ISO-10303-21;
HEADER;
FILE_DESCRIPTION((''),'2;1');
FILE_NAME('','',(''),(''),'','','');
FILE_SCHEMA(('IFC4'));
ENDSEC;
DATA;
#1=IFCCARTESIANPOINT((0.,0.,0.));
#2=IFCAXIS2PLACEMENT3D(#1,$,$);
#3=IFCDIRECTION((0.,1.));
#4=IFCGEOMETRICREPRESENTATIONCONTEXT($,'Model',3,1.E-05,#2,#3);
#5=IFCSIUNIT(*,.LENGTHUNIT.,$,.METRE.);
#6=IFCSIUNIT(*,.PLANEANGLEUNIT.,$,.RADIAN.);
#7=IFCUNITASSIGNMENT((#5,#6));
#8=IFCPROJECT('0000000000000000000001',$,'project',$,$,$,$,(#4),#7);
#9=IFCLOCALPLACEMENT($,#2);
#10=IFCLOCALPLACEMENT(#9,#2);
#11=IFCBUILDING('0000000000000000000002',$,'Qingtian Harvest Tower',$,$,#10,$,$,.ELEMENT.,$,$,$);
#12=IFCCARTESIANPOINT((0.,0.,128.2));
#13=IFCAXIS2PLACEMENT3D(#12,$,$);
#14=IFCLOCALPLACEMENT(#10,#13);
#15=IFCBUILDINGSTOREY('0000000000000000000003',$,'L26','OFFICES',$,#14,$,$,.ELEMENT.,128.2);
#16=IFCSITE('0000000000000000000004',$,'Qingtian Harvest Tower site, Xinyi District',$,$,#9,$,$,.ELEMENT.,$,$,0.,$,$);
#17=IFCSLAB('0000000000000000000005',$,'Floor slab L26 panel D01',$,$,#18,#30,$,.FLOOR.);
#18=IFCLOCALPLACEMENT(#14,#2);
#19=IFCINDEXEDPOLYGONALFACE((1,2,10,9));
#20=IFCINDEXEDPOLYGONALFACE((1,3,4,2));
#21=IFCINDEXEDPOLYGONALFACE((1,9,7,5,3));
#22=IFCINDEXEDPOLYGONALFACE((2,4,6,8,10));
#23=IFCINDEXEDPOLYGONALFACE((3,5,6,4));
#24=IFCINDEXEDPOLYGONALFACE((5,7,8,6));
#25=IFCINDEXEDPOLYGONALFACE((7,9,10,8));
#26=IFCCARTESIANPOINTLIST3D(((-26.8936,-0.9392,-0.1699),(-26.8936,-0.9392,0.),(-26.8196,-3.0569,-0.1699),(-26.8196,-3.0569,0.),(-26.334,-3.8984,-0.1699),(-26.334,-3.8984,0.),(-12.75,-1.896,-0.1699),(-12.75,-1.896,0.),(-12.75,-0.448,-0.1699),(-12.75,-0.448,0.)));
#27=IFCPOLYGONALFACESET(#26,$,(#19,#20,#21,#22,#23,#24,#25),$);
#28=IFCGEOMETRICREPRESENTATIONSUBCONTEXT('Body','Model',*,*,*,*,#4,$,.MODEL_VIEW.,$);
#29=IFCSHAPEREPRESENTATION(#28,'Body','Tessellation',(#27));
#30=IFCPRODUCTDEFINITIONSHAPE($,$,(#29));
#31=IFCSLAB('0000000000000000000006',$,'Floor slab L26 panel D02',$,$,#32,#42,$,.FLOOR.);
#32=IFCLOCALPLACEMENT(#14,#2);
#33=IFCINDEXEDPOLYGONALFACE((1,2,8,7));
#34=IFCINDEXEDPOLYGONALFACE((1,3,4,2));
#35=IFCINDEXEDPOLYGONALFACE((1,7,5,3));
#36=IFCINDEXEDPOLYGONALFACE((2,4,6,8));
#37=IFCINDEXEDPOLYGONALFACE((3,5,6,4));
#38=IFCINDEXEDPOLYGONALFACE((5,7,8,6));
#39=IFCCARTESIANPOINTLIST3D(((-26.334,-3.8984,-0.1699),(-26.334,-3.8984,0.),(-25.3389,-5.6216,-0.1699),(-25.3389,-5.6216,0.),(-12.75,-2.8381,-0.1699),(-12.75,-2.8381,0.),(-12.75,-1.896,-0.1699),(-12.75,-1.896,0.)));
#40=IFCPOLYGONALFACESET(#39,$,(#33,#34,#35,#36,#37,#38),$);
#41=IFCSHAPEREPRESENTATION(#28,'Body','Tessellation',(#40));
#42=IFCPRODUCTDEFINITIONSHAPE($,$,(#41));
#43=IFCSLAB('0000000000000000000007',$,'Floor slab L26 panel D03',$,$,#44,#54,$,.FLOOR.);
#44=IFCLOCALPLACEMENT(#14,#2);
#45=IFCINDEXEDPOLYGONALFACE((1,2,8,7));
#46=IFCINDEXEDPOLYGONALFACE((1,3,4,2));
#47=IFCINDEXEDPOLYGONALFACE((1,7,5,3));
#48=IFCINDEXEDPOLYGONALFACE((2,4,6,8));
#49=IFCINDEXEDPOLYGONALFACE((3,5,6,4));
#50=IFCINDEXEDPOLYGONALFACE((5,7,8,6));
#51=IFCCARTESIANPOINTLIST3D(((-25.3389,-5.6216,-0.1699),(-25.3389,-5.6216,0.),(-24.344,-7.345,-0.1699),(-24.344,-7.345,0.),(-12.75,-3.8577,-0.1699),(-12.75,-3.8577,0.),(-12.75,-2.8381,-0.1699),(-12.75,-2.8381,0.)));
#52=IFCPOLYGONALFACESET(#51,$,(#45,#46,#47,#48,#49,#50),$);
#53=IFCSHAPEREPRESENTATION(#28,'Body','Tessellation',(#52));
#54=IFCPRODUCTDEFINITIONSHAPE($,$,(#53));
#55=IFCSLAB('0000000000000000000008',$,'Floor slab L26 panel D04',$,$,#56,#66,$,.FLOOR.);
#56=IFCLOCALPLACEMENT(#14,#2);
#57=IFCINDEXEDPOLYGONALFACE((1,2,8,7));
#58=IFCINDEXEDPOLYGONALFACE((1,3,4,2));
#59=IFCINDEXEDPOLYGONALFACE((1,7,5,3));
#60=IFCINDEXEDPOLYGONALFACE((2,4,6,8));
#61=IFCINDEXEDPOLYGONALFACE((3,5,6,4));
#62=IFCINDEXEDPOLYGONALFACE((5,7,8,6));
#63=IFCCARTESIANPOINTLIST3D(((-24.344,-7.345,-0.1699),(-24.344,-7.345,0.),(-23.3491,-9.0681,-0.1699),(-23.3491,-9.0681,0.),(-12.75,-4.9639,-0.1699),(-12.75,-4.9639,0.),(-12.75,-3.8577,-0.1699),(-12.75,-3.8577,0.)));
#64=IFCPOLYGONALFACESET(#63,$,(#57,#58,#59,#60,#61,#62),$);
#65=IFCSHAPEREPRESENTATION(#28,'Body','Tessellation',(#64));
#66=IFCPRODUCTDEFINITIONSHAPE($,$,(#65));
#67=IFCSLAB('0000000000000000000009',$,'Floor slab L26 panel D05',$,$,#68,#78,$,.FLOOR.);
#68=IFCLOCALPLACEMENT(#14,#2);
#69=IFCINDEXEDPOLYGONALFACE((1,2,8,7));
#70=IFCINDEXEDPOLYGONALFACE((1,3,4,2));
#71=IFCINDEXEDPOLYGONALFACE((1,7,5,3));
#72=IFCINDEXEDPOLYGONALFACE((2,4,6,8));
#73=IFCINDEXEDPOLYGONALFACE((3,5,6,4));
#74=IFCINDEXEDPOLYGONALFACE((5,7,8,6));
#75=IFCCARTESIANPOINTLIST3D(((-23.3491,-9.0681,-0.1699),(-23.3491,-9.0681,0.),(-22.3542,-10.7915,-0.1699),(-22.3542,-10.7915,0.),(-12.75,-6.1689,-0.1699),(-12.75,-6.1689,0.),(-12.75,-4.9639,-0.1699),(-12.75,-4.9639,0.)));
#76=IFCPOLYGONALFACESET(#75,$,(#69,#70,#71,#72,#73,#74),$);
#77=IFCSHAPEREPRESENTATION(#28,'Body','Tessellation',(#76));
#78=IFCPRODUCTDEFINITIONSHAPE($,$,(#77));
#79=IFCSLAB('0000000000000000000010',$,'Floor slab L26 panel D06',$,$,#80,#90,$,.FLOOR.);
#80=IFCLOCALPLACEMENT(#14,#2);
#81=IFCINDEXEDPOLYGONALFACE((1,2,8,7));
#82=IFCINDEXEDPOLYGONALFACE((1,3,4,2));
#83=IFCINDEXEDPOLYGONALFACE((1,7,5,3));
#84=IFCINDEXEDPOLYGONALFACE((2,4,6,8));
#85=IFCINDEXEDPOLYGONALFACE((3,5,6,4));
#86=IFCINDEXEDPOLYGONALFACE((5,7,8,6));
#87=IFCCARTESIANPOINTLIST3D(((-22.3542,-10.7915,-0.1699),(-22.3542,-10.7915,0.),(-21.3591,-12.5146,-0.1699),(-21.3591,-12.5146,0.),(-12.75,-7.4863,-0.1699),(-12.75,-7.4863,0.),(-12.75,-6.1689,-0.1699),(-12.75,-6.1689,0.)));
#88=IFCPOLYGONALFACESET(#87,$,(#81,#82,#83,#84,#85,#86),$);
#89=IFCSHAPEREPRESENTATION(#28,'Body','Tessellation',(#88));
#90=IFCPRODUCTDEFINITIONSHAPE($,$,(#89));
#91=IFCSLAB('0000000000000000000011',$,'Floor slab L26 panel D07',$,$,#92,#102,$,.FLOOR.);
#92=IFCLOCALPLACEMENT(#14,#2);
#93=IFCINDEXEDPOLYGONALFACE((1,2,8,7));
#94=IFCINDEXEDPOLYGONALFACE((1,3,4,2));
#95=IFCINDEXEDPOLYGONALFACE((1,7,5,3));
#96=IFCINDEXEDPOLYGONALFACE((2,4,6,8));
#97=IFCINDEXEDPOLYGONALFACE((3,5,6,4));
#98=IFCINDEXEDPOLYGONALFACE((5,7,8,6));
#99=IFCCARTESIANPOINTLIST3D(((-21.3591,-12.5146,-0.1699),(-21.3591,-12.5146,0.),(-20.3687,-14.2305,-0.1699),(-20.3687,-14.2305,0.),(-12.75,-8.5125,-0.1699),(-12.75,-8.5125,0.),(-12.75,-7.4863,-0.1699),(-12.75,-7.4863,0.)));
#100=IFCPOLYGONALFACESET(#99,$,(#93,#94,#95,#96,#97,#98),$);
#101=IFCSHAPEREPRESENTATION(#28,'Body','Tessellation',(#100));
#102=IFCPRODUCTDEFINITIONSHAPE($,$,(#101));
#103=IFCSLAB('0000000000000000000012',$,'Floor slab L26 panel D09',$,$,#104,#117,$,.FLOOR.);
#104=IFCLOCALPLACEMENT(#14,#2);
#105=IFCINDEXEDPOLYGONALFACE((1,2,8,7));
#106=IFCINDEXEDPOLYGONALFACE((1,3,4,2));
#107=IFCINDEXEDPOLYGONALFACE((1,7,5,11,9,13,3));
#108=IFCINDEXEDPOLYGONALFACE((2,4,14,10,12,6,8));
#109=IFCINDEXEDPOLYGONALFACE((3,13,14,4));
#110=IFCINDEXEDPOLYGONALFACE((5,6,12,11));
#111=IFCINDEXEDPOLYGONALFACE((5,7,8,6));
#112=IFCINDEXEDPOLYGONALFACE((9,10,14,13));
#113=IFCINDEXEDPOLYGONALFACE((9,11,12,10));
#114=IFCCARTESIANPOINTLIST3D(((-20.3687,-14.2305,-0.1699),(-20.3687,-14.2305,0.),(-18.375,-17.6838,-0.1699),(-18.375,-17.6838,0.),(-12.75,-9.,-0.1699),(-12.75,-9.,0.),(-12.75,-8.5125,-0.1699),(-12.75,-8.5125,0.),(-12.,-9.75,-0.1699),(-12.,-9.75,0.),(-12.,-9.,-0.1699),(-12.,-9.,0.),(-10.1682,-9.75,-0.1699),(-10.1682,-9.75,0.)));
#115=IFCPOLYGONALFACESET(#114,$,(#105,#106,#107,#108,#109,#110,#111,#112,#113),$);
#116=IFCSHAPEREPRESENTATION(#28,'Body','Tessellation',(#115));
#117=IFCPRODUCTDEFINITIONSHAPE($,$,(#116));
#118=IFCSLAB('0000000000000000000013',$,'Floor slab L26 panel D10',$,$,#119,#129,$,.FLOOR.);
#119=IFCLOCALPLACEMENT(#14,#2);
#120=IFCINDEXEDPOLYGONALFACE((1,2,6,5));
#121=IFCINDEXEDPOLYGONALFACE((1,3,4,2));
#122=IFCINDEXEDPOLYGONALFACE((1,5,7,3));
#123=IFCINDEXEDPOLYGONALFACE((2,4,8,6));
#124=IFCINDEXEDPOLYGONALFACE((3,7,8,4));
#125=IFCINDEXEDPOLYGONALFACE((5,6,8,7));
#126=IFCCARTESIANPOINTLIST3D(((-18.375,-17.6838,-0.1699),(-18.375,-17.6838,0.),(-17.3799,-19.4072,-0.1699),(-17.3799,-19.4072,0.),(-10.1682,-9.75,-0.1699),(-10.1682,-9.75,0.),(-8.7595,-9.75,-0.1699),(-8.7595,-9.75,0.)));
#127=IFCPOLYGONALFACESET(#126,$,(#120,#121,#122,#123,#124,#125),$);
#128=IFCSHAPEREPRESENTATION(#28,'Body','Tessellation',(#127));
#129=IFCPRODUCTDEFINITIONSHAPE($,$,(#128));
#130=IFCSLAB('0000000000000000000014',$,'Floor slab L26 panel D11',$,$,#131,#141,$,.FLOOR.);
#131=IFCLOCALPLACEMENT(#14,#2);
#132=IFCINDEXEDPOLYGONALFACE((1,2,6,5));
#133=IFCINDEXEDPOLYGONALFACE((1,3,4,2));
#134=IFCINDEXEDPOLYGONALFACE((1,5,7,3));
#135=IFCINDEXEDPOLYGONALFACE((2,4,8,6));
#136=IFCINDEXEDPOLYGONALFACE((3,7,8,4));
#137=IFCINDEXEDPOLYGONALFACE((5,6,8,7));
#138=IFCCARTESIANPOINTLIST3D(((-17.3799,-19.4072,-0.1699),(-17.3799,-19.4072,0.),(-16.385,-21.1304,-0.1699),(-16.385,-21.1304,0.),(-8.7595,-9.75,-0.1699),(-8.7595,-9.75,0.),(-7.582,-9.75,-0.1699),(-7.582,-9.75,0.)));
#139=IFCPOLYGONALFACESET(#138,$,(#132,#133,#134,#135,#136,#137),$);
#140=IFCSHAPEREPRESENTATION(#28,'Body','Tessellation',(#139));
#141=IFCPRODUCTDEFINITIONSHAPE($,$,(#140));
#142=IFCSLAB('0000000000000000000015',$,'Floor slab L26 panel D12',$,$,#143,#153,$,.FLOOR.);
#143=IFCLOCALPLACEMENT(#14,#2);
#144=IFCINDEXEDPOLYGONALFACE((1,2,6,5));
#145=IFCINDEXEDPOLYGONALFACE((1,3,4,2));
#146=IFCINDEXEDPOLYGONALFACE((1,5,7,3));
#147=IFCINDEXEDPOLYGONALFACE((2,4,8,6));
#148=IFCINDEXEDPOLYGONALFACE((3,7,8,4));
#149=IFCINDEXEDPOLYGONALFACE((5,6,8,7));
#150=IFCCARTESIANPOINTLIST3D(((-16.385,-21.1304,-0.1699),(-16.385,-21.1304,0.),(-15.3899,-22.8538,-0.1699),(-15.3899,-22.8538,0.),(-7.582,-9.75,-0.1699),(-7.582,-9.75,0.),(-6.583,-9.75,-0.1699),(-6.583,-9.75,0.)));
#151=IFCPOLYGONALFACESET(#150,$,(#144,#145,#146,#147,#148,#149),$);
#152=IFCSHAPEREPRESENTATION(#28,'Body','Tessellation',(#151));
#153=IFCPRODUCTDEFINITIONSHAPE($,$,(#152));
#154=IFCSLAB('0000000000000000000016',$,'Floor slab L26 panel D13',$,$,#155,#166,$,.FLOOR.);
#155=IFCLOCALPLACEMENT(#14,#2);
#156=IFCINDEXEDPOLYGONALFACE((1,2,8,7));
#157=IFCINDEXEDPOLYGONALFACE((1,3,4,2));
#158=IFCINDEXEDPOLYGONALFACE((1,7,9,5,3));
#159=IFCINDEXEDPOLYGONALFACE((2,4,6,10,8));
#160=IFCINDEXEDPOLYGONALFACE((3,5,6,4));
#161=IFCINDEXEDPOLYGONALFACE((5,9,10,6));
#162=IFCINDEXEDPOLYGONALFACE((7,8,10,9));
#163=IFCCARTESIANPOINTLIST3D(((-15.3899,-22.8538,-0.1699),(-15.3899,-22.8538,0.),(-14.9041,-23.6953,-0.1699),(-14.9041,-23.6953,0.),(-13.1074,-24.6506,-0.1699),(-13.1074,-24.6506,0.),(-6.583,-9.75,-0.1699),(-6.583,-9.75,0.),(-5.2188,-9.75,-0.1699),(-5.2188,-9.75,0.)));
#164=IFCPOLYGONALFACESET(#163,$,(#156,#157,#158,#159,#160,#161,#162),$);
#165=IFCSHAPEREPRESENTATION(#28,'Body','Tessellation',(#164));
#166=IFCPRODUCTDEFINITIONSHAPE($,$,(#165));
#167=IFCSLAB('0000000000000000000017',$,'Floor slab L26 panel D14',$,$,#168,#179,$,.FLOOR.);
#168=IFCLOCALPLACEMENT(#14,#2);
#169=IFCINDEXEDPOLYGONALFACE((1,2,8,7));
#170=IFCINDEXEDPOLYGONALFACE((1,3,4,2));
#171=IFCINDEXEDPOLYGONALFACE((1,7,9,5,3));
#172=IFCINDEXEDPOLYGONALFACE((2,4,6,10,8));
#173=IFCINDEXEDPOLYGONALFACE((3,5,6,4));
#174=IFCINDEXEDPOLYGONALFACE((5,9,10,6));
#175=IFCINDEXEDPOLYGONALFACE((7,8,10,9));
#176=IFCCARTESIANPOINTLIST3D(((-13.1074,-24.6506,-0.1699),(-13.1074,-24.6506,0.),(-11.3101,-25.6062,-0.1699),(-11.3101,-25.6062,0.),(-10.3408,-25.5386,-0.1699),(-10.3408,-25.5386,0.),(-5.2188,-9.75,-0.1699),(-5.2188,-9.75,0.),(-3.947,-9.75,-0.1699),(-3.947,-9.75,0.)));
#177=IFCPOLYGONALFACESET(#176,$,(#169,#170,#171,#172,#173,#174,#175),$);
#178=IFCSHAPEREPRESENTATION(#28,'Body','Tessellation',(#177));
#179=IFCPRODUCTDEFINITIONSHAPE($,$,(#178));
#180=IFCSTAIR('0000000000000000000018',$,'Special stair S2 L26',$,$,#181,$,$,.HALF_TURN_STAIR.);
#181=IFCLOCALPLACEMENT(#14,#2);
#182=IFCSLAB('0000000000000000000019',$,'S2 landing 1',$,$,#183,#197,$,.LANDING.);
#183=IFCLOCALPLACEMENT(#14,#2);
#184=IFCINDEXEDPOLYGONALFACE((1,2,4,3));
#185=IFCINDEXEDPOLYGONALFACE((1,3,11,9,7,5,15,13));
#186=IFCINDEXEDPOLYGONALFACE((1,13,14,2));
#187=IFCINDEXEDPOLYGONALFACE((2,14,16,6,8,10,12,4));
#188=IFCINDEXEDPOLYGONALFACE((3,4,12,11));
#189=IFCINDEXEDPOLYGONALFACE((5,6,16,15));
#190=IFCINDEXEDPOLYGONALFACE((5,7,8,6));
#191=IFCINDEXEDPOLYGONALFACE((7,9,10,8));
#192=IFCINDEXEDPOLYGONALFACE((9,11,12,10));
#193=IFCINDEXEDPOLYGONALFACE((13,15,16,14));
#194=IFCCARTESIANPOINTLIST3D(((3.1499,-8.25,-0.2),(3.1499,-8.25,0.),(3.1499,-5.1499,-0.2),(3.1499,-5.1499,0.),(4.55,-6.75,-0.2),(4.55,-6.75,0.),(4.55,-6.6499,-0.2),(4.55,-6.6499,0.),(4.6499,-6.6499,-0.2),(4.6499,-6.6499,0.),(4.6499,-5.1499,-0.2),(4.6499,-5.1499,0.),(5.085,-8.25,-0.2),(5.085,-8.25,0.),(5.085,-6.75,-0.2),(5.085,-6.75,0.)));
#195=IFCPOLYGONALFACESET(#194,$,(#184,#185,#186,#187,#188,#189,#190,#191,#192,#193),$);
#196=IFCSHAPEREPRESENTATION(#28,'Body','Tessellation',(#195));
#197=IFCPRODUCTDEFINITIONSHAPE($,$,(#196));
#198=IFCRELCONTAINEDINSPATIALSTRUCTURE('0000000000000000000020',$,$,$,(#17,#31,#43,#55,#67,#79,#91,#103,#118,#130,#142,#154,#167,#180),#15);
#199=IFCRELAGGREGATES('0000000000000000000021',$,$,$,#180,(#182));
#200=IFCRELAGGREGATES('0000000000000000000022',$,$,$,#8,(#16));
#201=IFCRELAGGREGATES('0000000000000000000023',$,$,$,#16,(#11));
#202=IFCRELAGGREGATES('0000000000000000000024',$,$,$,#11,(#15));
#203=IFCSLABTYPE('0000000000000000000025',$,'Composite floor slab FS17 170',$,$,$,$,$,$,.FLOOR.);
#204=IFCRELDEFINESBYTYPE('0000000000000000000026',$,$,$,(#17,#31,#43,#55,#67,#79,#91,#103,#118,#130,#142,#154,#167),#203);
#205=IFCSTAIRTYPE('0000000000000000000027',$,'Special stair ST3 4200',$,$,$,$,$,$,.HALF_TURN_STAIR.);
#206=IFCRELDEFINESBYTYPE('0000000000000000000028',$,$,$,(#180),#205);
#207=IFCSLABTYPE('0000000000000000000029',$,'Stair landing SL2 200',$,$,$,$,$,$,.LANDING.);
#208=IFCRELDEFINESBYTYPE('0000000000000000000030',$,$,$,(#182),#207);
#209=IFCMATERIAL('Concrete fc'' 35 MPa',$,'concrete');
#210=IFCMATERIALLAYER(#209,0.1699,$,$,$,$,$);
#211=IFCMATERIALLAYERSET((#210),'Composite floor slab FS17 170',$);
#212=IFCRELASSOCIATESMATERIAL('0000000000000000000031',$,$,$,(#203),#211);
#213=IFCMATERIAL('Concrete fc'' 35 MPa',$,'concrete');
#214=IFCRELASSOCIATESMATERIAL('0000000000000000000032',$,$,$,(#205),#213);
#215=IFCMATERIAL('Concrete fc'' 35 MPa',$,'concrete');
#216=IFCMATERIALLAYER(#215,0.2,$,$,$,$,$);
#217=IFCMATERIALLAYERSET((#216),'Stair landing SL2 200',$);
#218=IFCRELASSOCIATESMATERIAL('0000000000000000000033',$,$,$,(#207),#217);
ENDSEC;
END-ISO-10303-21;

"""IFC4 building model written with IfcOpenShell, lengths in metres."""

from ifc_helpers import new_model, si_unit, direction, frame, origin, place, context, subcontext, project, spatial, polyline, outline, extrude, material, layer, layer_set, type_object, element, aggregate, save


model = new_model("IFC4")

# Units and contexts
model_context = context("Model", 3, precision=1e-05, world=origin(), true_north=direction((0.0, 1.0)))
body_context = subcontext(model_context, "Body", "Model", "MODEL_VIEW")
ifc_project = project(units=[si_unit("LENGTHUNIT", "METRE"), si_unit("PLANEANGLEUNIT", "RADIAN")], contexts=[model_context])

# Site, building, storey
site_placement = place(None, origin())
site = spatial("IfcSite", under=ifc_project, at=site_placement, Name="Qingtian Harvest Tower site, Xinyi District", CompositionType="ELEMENT", RefElevation=0.0)
building_placement = place(site_placement, origin())
building = spatial("IfcBuilding", under=site, at=building_placement, Name="Qingtian Harvest Tower", CompositionType="ELEMENT")
storey_placement = place(building_placement, frame((0.0, 0.0, 128.2)))
storey = spatial("IfcBuildingStorey", under=building, at=storey_placement, Name="L26", Description="OFFICES", CompositionType="ELEMENT", Elevation=128.2)

# Slabs
ifc_material_1 = material(Name="Concrete fc' 35 MPa", Category="concrete")
ifc_layer_1 = layer(ifc_material_1, 0.1699)
ifc_layer_set_1 = layer_set([ifc_layer_1], Name="Composite floor slab FS17 170")
slab_type_1 = type_object("IfcSlabType", Name="Composite floor slab FS17 170", PredefinedType="FLOOR", material=ifc_layer_set_1)
slab_1_placement = place(storey_placement, frame((0.0, 0.0, -0.1699)))
element("IfcSlab", 1, at=slab_1_placement, inside=storey, type_object=slab_type_1, Name="Floor slab L26 panel D01", PredefinedType="FLOOR", context=body_context, shape_type="SweptSolid", body=[
    extrude(outline(polyline([(-26.8936, -0.9392), (-12.75, -0.448), (-12.75, -1.896), (-26.334, -3.8984), (-26.8196, -3.0569), (-26.8936, -0.9392)])), origin(), (0.0, 0.0, 1.0), 0.1699),
])
slab_2_placement = place(storey_placement, frame((0.0, 0.0, -0.1699)))
element("IfcSlab", 2, at=slab_2_placement, inside=storey, type_object=slab_type_1, Name="Floor slab L26 panel D02", PredefinedType="FLOOR", context=body_context, shape_type="SweptSolid", body=[
    extrude(outline(polyline([(-12.75, -2.8381), (-25.3389, -5.6216), (-26.334, -3.8984), (-12.75, -1.896), (-12.75, -2.8381)])), origin(), (0.0, 0.0, 1.0), 0.1699),
])
slab_3_placement = place(storey_placement, frame((0.0, 0.0, -0.1699)))
element("IfcSlab", 3, at=slab_3_placement, inside=storey, type_object=slab_type_1, Name="Floor slab L26 panel D03", PredefinedType="FLOOR", context=body_context, shape_type="SweptSolid", body=[
    extrude(outline(polyline([(-12.75, -3.8577), (-24.344, -7.345), (-25.3389, -5.6216), (-12.75, -2.8381), (-12.75, -3.8577)])), origin(), (0.0, 0.0, 1.0), 0.1699),
])
slab_4_placement = place(storey_placement, frame((0.0, 0.0, -0.1699)))
element("IfcSlab", 4, at=slab_4_placement, inside=storey, type_object=slab_type_1, Name="Floor slab L26 panel D04", PredefinedType="FLOOR", context=body_context, shape_type="SweptSolid", body=[
    extrude(outline(polyline([(-12.75, -4.9639), (-23.3491, -9.0681), (-24.344, -7.345), (-12.75, -3.8577), (-12.75, -4.9639)])), origin(), (0.0, 0.0, 1.0), 0.1699),
])
slab_5_placement = place(storey_placement, frame((0.0, 0.0, -0.1699)))
element("IfcSlab", 5, at=slab_5_placement, inside=storey, type_object=slab_type_1, Name="Floor slab L26 panel D05", PredefinedType="FLOOR", context=body_context, shape_type="SweptSolid", body=[
    extrude(outline(polyline([(-12.75, -6.1689), (-22.3542, -10.7915), (-23.3491, -9.0681), (-12.75, -4.9639), (-12.75, -6.1689)])), origin(), (0.0, 0.0, 1.0), 0.1699),
])
slab_6_placement = place(storey_placement, frame((0.0, 0.0, -0.1699)))
element("IfcSlab", 6, at=slab_6_placement, inside=storey, type_object=slab_type_1, Name="Floor slab L26 panel D06", PredefinedType="FLOOR", context=body_context, shape_type="SweptSolid", body=[
    extrude(outline(polyline([(-12.75, -7.4863), (-21.3591, -12.5146), (-22.3542, -10.7915), (-12.75, -6.1689), (-12.75, -7.4863)])), origin(), (0.0, 0.0, 1.0), 0.1699),
])
slab_7_placement = place(storey_placement, frame((0.0, 0.0, -0.1699)))
element("IfcSlab", 7, at=slab_7_placement, inside=storey, type_object=slab_type_1, Name="Floor slab L26 panel D07", PredefinedType="FLOOR", context=body_context, shape_type="SweptSolid", body=[
    extrude(outline(polyline([(-12.75, -8.5125), (-20.3687, -14.2305), (-21.3591, -12.5146), (-12.75, -7.4863), (-12.75, -8.5125)])), origin(), (0.0, 0.0, 1.0), 0.1699),
])
slab_8_placement = place(storey_placement, frame((0.0, 0.0, -0.1699)))
element("IfcSlab", 8, at=slab_8_placement, inside=storey, type_object=slab_type_1, Name="Floor slab L26 panel D09", PredefinedType="FLOOR", context=body_context, shape_type="SweptSolid", body=[
    extrude(outline(polyline([(-18.375, -17.6838), (-20.3687, -14.2305), (-12.75, -8.5125), (-12.75, -9.0), (-12.0, -9.0), (-12.0, -9.75), (-10.1682, -9.75), (-18.375, -17.6838)])), origin(), (0.0, 0.0, 1.0), 0.1699),
])
slab_9_placement = place(storey_placement, frame((0.0, 0.0, -0.1699)))
element("IfcSlab", 9, at=slab_9_placement, inside=storey, type_object=slab_type_1, Name="Floor slab L26 panel D10", PredefinedType="FLOOR", context=body_context, shape_type="SweptSolid", body=[
    extrude(outline(polyline([(-8.7595, -9.75), (-17.3799, -19.4072), (-18.375, -17.6838), (-10.1682, -9.75), (-8.7595, -9.75)])), origin(), (0.0, 0.0, 1.0), 0.1699),
])
slab_10_placement = place(storey_placement, frame((0.0, 0.0, -0.1699)))
element("IfcSlab", 10, at=slab_10_placement, inside=storey, type_object=slab_type_1, Name="Floor slab L26 panel D11", PredefinedType="FLOOR", context=body_context, shape_type="SweptSolid", body=[
    extrude(outline(polyline([(-7.582, -9.75), (-16.385, -21.1304), (-17.3799, -19.4072), (-8.7595, -9.75), (-7.582, -9.75)])), origin(), (0.0, 0.0, 1.0), 0.1699),
])
slab_11_placement = place(storey_placement, frame((0.0, 0.0, -0.1699)))
element("IfcSlab", 11, at=slab_11_placement, inside=storey, type_object=slab_type_1, Name="Floor slab L26 panel D12", PredefinedType="FLOOR", context=body_context, shape_type="SweptSolid", body=[
    extrude(outline(polyline([(-6.583, -9.75), (-15.3899, -22.8538), (-16.385, -21.1304), (-7.582, -9.75), (-6.583, -9.75)])), origin(), (0.0, 0.0, 1.0), 0.1699),
])
slab_12_placement = place(storey_placement, frame((0.0, 0.0, -0.1699)))
element("IfcSlab", 12, at=slab_12_placement, inside=storey, type_object=slab_type_1, Name="Floor slab L26 panel D13", PredefinedType="FLOOR", context=body_context, shape_type="SweptSolid", body=[
    extrude(outline(polyline([(-6.583, -9.75), (-5.2188, -9.75), (-13.1074, -24.6506), (-14.9041, -23.6953), (-15.3899, -22.8538), (-6.583, -9.75)])), origin(), (0.0, 0.0, 1.0), 0.1699),
])
slab_13_placement = place(storey_placement, frame((0.0, 0.0, -0.1699)))
element("IfcSlab", 13, at=slab_13_placement, inside=storey, type_object=slab_type_1, Name="Floor slab L26 panel D14", PredefinedType="FLOOR", context=body_context, shape_type="SweptSolid", body=[
    extrude(outline(polyline([(-5.2188, -9.75), (-3.947, -9.75), (-10.3408, -25.5386), (-11.3101, -25.6062), (-13.1074, -24.6506), (-5.2188, -9.75)])), origin(), (0.0, 0.0, 1.0), 0.1699),
])

# Stair, slab
ifc_material_2 = material(Name="Concrete fc' 35 MPa", Category="concrete")
stair_type = type_object("IfcStairType", Name="Special stair ST3 4200", PredefinedType="HALF_TURN_STAIR", material=ifc_material_2)
stair_placement = place(storey_placement, origin())
stair = element("IfcStair", 14, at=stair_placement, inside=storey, type_object=stair_type, Name="Special stair S2 L26", PredefinedType="HALF_TURN_STAIR")
ifc_material_3 = material(Name="Concrete fc' 35 MPa", Category="concrete")
ifc_layer_2 = layer(ifc_material_3, 0.2)
ifc_layer_set_2 = layer_set([ifc_layer_2], Name="Stair landing SL2 200")
slab_type_2 = type_object("IfcSlabType", Name="Stair landing SL2 200", PredefinedType="LANDING", material=ifc_layer_set_2)
slab_14_placement = place(storey_placement, frame((0.0, 0.0, -0.2)))
slab_14 = element("IfcSlab", 15, at=slab_14_placement, type_object=slab_type_2, Name="S2 landing 1", PredefinedType="LANDING", context=body_context, shape_type="SweptSolid", body=[
    extrude(outline(polyline([(5.085, -8.25), (3.1499, -8.25), (3.1499, -5.1499), (4.6499, -5.1499), (4.6499, -6.6499), (4.55, -6.6499), (4.55, -6.75), (5.085, -6.75), (5.085, -8.25)])), origin(), (0.0, 0.0, 1.0), 0.2),
])
aggregate(stair, [slab_14])

save(model, "model.ifc")
